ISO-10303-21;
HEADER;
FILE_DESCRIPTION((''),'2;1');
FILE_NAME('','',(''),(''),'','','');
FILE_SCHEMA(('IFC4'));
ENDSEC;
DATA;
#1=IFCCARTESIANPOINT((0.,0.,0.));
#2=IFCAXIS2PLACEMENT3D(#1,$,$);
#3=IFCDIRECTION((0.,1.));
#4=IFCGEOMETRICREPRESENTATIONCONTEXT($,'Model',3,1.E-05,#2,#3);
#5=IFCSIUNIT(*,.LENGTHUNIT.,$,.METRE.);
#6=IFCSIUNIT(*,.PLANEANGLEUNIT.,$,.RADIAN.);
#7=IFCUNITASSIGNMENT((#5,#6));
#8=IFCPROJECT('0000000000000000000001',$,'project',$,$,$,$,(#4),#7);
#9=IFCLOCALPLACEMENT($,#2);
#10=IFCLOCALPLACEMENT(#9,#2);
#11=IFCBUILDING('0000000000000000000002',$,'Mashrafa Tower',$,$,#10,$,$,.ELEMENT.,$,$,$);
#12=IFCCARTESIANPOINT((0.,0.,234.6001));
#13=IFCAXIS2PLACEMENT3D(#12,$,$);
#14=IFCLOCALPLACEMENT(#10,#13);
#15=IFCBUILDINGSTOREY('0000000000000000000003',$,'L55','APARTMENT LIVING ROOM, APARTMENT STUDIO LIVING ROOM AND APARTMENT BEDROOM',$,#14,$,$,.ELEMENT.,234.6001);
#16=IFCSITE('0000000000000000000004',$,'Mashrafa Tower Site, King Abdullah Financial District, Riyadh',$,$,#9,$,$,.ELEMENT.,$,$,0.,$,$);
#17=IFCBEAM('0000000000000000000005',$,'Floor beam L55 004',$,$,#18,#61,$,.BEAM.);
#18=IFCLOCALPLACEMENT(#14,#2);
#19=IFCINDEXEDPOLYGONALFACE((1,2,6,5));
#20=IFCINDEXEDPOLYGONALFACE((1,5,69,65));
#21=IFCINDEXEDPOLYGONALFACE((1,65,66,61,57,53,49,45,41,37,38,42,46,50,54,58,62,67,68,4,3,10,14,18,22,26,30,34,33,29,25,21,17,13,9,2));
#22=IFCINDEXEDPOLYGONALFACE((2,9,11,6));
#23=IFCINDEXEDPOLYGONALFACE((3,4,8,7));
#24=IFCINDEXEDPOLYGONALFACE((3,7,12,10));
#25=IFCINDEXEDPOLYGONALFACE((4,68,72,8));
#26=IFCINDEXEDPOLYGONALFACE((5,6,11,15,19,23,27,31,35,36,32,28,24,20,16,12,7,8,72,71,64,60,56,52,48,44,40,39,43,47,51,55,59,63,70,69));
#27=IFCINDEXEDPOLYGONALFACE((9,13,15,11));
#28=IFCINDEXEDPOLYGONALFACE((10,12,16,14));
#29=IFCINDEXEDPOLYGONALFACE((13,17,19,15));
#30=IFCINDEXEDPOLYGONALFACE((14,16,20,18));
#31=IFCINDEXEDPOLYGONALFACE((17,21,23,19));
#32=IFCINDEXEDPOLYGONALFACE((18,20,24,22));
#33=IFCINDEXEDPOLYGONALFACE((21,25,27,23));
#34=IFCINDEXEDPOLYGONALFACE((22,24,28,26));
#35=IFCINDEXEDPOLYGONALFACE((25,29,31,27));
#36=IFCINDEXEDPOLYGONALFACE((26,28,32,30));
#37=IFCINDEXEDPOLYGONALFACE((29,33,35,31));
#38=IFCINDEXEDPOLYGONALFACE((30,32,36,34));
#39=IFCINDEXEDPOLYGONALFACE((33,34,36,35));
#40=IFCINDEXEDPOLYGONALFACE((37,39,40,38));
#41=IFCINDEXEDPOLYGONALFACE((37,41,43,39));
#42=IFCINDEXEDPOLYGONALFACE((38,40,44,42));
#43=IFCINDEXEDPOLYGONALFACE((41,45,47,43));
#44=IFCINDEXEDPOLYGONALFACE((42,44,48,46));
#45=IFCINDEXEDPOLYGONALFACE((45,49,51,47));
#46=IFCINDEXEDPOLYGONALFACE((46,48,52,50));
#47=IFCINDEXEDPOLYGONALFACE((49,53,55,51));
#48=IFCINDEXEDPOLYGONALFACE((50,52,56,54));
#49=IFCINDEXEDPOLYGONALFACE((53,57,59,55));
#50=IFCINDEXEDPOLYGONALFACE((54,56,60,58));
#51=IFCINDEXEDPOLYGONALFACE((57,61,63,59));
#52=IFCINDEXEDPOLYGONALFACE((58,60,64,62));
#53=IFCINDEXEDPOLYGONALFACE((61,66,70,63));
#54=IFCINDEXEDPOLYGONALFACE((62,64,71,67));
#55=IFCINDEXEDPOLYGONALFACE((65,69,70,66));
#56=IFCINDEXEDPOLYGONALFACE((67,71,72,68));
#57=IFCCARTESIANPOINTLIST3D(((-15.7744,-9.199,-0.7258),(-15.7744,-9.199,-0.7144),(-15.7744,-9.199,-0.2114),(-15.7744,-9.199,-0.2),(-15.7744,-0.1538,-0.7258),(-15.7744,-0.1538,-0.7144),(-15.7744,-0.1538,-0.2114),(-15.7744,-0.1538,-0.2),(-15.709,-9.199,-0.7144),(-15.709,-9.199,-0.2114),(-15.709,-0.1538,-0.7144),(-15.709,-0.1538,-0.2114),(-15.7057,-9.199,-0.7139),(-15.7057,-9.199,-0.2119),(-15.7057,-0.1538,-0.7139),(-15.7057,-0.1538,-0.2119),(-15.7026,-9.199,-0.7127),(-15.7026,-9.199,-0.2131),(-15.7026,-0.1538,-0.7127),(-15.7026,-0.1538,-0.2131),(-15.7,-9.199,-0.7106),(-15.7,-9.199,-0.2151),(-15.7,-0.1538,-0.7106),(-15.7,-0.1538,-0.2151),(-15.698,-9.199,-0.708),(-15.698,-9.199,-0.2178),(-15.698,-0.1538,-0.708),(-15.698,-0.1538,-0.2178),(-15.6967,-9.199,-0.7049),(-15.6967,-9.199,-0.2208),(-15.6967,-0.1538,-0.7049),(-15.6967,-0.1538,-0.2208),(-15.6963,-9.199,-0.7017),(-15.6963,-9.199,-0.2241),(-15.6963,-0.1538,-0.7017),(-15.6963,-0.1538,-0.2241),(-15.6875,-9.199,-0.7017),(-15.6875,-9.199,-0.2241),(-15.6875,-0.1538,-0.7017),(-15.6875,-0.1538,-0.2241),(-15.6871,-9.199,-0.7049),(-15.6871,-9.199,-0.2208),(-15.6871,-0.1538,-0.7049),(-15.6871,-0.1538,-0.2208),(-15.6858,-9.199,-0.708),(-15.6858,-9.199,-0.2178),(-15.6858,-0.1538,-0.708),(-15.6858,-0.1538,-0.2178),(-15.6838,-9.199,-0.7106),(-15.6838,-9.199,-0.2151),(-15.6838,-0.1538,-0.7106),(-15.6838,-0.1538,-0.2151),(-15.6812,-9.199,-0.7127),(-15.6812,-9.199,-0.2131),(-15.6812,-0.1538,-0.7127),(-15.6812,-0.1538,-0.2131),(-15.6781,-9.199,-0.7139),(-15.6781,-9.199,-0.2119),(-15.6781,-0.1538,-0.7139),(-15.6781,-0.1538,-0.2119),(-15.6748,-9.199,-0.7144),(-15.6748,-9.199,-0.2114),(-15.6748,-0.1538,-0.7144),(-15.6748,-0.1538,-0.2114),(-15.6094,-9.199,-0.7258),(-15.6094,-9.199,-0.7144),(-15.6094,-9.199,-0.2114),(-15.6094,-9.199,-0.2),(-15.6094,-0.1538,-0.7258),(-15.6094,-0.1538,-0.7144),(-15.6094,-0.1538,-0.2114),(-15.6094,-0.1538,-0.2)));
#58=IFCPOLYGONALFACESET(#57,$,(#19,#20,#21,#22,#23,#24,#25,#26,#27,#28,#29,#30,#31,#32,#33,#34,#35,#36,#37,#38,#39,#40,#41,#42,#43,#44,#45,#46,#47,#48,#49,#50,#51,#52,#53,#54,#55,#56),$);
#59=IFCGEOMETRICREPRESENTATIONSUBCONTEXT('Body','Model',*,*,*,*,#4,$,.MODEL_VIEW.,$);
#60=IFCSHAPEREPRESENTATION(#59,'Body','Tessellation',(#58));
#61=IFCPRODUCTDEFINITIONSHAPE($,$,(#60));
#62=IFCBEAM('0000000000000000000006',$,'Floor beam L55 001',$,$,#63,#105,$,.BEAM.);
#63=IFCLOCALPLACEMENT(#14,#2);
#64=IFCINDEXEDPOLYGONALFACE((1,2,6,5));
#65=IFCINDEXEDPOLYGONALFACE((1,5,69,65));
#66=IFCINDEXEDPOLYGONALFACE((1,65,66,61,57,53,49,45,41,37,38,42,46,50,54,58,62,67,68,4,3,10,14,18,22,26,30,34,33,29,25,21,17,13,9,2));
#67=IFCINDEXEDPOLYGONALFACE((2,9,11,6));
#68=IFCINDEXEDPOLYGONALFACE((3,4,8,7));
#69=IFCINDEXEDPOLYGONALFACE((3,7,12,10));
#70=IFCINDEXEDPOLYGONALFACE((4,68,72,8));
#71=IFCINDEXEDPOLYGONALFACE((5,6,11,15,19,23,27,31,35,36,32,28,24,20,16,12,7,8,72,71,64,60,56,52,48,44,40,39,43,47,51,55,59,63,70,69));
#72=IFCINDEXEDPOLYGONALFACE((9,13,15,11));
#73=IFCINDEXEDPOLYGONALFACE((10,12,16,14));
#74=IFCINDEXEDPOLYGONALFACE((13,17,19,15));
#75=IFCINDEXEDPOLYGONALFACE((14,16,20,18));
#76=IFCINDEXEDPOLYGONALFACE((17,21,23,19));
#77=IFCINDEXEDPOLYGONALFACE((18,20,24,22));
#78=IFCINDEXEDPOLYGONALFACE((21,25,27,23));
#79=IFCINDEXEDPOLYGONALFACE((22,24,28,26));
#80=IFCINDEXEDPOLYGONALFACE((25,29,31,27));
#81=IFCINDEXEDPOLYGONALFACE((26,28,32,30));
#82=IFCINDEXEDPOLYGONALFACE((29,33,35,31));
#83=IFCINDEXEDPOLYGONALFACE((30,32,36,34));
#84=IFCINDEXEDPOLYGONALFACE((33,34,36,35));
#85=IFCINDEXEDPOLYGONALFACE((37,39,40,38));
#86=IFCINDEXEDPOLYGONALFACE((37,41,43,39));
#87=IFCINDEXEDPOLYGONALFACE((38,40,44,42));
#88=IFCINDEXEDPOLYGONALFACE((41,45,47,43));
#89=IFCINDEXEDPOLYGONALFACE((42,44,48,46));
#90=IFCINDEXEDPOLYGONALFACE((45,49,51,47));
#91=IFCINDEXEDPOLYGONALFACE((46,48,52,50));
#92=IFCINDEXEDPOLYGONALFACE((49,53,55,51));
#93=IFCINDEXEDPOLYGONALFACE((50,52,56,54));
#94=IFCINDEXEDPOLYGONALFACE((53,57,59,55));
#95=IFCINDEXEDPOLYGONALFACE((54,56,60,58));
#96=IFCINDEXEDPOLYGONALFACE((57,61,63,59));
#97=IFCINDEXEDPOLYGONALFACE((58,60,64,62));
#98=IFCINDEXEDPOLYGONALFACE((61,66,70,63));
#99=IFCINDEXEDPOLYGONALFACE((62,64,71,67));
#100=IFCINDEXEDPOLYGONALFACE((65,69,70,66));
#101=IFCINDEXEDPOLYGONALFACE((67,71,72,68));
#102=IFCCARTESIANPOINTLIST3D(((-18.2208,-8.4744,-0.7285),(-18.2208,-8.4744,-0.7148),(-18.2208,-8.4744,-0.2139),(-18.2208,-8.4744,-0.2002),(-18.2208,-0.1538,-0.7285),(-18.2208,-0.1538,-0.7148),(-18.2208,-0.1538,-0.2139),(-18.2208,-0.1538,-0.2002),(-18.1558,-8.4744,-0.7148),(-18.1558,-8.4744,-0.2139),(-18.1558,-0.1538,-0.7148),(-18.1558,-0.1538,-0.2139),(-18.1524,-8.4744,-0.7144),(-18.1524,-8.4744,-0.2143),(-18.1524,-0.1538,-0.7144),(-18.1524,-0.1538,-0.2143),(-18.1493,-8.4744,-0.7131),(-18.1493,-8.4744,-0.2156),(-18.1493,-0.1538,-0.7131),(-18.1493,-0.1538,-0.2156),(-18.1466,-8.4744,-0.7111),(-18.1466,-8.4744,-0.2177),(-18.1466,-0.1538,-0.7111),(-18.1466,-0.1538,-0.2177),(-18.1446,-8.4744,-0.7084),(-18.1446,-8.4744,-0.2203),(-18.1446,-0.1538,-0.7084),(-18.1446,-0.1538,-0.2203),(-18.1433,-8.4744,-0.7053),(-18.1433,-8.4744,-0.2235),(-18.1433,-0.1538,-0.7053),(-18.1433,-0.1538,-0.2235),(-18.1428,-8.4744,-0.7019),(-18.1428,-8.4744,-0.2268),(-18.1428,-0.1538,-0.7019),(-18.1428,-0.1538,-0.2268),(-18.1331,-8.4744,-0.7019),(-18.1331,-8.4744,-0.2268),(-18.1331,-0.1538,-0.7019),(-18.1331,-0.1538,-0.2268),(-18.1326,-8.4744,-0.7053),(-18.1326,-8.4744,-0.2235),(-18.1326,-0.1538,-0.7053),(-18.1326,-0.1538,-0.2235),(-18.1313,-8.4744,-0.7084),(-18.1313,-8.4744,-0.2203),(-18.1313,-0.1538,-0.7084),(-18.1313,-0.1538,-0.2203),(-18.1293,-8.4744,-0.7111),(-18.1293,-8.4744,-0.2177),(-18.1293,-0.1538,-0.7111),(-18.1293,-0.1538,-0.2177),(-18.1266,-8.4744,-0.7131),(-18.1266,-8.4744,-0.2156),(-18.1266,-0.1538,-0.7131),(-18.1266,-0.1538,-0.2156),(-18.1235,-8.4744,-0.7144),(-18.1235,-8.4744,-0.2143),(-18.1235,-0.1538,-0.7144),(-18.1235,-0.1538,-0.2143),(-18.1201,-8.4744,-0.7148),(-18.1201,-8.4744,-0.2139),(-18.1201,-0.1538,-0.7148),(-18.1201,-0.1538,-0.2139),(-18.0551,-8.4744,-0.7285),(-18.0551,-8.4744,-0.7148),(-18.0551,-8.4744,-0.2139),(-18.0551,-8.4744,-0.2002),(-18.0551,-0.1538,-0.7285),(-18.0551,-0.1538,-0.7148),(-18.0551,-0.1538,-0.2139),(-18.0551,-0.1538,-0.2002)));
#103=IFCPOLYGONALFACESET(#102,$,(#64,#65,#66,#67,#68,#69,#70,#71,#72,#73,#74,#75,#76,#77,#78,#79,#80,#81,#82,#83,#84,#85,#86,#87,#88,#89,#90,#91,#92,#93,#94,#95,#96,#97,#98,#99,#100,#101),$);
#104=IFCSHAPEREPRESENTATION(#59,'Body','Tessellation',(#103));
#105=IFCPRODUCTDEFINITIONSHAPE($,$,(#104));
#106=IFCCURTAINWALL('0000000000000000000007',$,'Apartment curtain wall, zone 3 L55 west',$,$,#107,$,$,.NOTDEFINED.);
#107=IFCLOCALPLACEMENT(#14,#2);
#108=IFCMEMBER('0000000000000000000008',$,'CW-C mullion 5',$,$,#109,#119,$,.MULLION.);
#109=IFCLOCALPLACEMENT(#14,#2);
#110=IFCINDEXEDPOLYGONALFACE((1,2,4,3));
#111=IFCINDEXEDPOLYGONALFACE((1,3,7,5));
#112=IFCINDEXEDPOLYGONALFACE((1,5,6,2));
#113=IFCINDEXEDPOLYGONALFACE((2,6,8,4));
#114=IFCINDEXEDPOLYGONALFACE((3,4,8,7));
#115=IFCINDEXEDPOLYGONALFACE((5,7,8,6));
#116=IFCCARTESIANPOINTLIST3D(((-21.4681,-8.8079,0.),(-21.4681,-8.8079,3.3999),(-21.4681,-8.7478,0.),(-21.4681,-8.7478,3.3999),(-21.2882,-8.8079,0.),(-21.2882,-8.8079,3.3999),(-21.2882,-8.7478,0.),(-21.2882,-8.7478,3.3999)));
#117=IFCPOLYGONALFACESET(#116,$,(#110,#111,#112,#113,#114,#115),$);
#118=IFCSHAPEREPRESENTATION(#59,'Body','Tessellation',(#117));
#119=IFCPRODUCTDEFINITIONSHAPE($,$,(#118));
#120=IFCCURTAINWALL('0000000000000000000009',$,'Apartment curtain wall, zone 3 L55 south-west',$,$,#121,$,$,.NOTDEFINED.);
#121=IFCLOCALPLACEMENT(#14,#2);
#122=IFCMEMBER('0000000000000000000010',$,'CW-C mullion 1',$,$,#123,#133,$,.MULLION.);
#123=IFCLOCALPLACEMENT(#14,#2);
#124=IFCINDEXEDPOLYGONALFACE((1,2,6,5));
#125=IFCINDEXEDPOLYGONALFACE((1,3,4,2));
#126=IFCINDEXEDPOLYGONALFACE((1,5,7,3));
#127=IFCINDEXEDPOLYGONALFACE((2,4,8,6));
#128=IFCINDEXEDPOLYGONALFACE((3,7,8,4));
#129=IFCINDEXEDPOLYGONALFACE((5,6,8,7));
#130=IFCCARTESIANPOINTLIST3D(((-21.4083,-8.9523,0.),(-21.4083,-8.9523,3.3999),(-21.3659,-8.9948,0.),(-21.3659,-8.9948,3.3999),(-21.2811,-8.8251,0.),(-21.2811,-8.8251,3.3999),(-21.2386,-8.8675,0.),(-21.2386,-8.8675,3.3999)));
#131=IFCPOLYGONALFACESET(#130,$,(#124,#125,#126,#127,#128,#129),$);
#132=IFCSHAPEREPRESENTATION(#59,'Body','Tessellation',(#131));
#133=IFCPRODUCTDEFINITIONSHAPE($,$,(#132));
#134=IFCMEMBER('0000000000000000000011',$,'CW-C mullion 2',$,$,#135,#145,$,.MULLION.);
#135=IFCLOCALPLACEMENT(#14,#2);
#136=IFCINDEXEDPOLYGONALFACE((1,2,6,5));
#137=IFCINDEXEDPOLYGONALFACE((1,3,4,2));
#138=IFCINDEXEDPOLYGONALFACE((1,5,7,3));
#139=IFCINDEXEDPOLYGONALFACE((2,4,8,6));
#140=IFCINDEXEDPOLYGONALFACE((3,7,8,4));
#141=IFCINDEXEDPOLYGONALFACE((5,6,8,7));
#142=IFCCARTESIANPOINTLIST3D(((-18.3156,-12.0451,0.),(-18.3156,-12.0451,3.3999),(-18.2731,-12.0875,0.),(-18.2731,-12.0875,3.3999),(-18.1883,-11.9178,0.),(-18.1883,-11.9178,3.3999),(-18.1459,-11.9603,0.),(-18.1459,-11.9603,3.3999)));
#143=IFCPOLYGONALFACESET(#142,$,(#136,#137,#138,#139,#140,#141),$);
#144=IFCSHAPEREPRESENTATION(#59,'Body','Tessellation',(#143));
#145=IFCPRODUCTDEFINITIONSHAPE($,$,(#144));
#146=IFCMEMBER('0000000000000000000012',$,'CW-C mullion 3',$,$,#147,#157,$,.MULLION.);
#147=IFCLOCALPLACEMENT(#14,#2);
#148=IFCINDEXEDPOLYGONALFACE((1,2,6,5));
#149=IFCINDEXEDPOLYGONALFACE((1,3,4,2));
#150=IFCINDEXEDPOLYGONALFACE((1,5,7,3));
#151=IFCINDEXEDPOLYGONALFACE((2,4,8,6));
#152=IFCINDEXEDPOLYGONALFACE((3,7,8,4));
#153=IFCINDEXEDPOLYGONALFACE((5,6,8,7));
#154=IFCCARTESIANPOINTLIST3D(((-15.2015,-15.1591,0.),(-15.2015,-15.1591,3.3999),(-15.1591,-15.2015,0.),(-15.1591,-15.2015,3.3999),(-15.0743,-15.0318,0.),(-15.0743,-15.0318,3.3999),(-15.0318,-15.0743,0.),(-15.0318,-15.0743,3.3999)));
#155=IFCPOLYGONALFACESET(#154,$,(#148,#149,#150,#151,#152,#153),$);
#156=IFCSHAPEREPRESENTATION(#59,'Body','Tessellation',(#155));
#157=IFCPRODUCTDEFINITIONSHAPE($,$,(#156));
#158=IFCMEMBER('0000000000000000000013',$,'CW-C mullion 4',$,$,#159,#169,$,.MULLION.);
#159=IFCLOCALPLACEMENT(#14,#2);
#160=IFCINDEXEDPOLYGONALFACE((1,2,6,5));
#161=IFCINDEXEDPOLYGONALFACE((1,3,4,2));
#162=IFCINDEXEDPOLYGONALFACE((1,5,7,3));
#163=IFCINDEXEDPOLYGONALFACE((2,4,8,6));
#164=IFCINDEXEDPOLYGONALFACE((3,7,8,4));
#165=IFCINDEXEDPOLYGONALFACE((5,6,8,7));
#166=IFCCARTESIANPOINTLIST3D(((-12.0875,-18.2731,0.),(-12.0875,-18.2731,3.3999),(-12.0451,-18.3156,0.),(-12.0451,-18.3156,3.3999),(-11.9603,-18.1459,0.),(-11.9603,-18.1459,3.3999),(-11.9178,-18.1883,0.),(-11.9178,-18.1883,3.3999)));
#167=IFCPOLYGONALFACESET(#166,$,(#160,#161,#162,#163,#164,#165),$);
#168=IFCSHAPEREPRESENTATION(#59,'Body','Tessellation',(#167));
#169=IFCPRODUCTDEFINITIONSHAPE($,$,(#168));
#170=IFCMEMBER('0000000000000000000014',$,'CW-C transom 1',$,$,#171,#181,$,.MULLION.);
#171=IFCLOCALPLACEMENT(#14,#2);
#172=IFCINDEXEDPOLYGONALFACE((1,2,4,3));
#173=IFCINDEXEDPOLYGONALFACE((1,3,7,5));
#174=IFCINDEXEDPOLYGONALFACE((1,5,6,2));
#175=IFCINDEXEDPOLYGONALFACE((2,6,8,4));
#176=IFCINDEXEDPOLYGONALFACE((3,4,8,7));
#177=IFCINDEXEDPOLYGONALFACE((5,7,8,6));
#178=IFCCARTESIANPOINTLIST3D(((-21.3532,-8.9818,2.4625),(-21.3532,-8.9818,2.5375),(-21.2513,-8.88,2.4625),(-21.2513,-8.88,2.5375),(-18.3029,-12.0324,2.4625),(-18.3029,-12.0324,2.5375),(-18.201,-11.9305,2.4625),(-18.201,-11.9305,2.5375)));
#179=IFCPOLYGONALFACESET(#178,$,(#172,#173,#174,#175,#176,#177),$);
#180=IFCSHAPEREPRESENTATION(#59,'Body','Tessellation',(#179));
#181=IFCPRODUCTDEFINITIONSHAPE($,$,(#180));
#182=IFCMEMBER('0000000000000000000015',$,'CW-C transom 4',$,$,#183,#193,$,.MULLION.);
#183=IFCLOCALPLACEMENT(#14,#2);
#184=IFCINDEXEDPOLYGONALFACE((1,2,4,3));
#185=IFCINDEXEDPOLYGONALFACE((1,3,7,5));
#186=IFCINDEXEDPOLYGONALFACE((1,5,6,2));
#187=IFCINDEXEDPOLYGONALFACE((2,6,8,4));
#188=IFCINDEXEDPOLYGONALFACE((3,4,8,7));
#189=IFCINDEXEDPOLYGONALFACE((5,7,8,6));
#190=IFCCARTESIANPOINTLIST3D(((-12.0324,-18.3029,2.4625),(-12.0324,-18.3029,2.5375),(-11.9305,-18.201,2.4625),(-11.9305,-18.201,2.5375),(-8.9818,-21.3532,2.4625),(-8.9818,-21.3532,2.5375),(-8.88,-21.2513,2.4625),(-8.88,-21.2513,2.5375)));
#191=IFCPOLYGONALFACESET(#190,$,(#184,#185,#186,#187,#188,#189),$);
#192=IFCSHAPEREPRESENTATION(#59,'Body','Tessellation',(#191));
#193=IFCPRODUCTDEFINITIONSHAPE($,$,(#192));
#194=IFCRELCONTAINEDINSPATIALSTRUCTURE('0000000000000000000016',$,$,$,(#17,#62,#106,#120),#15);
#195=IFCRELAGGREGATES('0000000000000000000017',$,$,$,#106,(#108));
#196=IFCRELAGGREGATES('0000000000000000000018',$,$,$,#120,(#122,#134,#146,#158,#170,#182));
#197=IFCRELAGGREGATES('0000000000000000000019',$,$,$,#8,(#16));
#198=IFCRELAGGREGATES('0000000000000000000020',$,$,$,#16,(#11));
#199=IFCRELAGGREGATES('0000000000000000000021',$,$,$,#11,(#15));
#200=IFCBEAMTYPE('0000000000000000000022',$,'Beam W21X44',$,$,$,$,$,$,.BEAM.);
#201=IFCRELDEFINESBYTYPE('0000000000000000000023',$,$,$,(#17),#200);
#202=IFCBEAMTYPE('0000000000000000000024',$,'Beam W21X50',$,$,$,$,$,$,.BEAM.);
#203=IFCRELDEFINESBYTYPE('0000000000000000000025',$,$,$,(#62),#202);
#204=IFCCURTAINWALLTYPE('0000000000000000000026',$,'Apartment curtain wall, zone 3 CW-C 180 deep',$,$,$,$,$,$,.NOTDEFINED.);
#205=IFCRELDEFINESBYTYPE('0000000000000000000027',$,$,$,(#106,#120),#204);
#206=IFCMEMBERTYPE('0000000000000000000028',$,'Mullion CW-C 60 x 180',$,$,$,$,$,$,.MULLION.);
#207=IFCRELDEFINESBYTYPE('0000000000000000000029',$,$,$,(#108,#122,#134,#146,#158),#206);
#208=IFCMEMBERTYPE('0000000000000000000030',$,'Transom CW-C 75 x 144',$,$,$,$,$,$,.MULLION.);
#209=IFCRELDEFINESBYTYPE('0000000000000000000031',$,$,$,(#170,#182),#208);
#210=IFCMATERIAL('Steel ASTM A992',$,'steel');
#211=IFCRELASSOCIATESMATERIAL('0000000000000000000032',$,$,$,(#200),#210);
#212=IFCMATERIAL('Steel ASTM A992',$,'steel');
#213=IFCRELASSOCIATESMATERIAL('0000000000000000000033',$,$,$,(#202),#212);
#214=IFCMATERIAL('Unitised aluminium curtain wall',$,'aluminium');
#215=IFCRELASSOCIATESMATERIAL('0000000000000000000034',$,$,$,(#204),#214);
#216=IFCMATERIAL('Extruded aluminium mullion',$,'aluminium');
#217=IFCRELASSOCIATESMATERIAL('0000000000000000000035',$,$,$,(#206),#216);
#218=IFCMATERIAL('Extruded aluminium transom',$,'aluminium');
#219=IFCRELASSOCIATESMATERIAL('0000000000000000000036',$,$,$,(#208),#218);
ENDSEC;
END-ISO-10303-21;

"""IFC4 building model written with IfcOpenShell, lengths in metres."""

from ifc_helpers import new_model, si_unit, direction, frame, origin, origin_2d, place, context, subcontext, project, spatial, rectangle, i_section, extrude, source, transform, mapped, material, material_profile, profile_set, type_object, type_shapes, element, aggregate, save


model = new_model("IFC4")

# Units and contexts
model_context = context("Model", 3, precision=1e-05, world=origin(), true_north=direction((0.0, 1.0)))
body_context = subcontext(model_context, "Body", "Model", "MODEL_VIEW")
ifc_project = project(units=[si_unit("LENGTHUNIT", "METRE"), si_unit("PLANEANGLEUNIT", "RADIAN")], contexts=[model_context])

# Site, building, storey
site_placement = place(None, origin())
site = spatial("IfcSite", under=ifc_project, at=site_placement, Name="Mashrafa Tower Site, King Abdullah Financial District, Riyadh", CompositionType="ELEMENT", RefElevation=0.0)
building_placement = place(site_placement, origin())
building = spatial("IfcBuilding", under=site, at=building_placement, Name="Mashrafa Tower", CompositionType="ELEMENT")
storey_placement = place(building_placement, frame((0.0, 0.0, 234.6001)))
storey = spatial("IfcBuildingStorey", under=building, at=storey_placement, Name="L55", Description="APARTMENT LIVING ROOM, APARTMENT STUDIO LIVING ROOM AND APARTMENT BEDROOM", CompositionType="ELEMENT", Elevation=234.6001)

# Beams
ifc_material_1 = material(Name="Steel ASTM A992", Category="steel")
ifc_material_profile_1 = material_profile(ifc_material_1, i_section(OverallWidth=0.165, OverallDepth=0.5259, WebThickness=0.0088, FlangeThickness=0.0115, FilletRadius=0.0127, at=origin_2d()), Name="W21X44")
ifc_profile_set_1 = profile_set([ifc_material_profile_1], Name="Steel ASTM A992")
beam_type_1 = type_object("IfcBeamType", Name="Beam W21X44", PredefinedType="BEAM", material=ifc_profile_set_1)
beam_1_placement = place(storey_placement, frame((-15.6919, -9.199, -0.4629), z_axis=(0.0, 1.0, 0.0), x_axis=(-1.0, 0.0, 0.0)))
element("IfcBeam", 1, at=beam_1_placement, inside=storey, type_object=beam_type_1, Name="Floor beam L55 004", PredefinedType="BEAM", context=body_context, shape_type="SweptSolid", body=[
    extrude(i_section(OverallWidth=0.165, OverallDepth=0.5259, WebThickness=0.0088, FlangeThickness=0.0115, FilletRadius=0.0127, at=origin_2d()), origin(), (0.0, 0.0, 1.0), 9.0452),
])
ifc_material_2 = material(Name="Steel ASTM A992", Category="steel")
ifc_material_profile_2 = material_profile(ifc_material_2, i_section(OverallWidth=0.1658, OverallDepth=0.5283, WebThickness=0.0098, FlangeThickness=0.0137, FilletRadius=0.0129, at=origin_2d()), Name="W21X50")
ifc_profile_set_2 = profile_set([ifc_material_profile_2], Name="Steel ASTM A992")
beam_type_2 = type_object("IfcBeamType", Name="Beam W21X50", PredefinedType="BEAM", material=ifc_profile_set_2)
beam_2_placement = place(storey_placement, frame((-18.1379, -8.4744, -0.4644), z_axis=(0.0, 1.0, 0.0), x_axis=(-1.0, 0.0, 0.0)))
element("IfcBeam", 2, at=beam_2_placement, inside=storey, type_object=beam_type_2, Name="Floor beam L55 001", PredefinedType="BEAM", context=body_context, shape_type="SweptSolid", body=[
    extrude(i_section(OverallWidth=0.1658, OverallDepth=0.5283, WebThickness=0.0098, FlangeThickness=0.0137, FilletRadius=0.0129, at=origin_2d()), origin(), (0.0, 0.0, 1.0), 8.3206),
])

# Curtain wall, member
ifc_material_3 = material(Name="Unitised aluminium curtain wall", Category="aluminium")
curtain_wall_type = type_object("IfcCurtainWallType", Name="Apartment curtain wall, zone 3 CW-C 180 deep", PredefinedType="NOTDEFINED", material=ifc_material_3)
curtain_wall_1_placement = place(storey_placement, origin())
curtain_wall_1 = element("IfcCurtainWall", 3, at=curtain_wall_1_placement, inside=storey, type_object=curtain_wall_type, Name="Apartment curtain wall, zone 3 L55 west", PredefinedType="NOTDEFINED")
ifc_material_4 = material(Name="Extruded aluminium mullion", Category="aluminium")
ifc_material_profile_3 = material_profile(ifc_material_4, rectangle(XDim=0.1799, YDim=0.0601, at=origin_2d()), Name="Mullion 60x180")
ifc_profile_set_3 = profile_set([ifc_material_profile_3], Name="Extruded aluminium mullion")
member_type_1 = type_object("IfcMemberType", Name="Mullion CW-C 60 x 180", PredefinedType="MULLION", material=ifc_profile_set_3)
shared_shape_1 = source(origin(), body_context, "Body", "SweptSolid", [
    extrude(rectangle(XDim=0.1799, YDim=0.0601, at=origin_2d()), origin(), (0.0, 0.0, 1.0), 3.3999),
])
type_shapes(member_type_1, [shared_shape_1])
member_1_placement = place(storey_placement, frame((-21.3782, -8.7778, 0.0), z_axis=(0.0, 0.0, 1.0), x_axis=(1.0, 0.0, 0.0)))
member_1 = element("IfcMember", 4, at=member_1_placement, type_object=member_type_1, Name="CW-C mullion 5", PredefinedType="MULLION", context=body_context, shape_type="MappedRepresentation", body=[
    mapped(shared_shape_1, transform((0.0, 0.0, 0.0))),
])
aggregate(curtain_wall_1, [member_1])

# Curtain wall, members
curtain_wall_2_placement = place(storey_placement, origin())
curtain_wall_2 = element("IfcCurtainWall", 5, at=curtain_wall_2_placement, inside=storey, type_object=curtain_wall_type, Name="Apartment curtain wall, zone 3 L55 south-west", PredefinedType="NOTDEFINED")
member_2_placement = place(storey_placement, frame((-21.3235, -8.9099, 0.0), z_axis=(0.0, 0.0, 1.0), x_axis=(0.707107, 0.707107, 0.0)))
member_2 = element("IfcMember", 6, at=member_2_placement, type_object=member_type_1, Name="CW-C mullion 1", PredefinedType="MULLION", context=body_context, shape_type="MappedRepresentation", body=[
    mapped(shared_shape_1, transform((0.0, 0.0, 0.0))),
])
member_3_placement = place(storey_placement, frame((-18.2307, -12.0027, 0.0), z_axis=(0.0, 0.0, 1.0), x_axis=(0.707107, 0.707107, 0.0)))
member_3 = element("IfcMember", 7, at=member_3_placement, type_object=member_type_1, Name="CW-C mullion 2", PredefinedType="MULLION", context=body_context, shape_type="MappedRepresentation", body=[
    mapped(shared_shape_1, transform((0.0, 0.0, 0.0))),
])
member_4_placement = place(storey_placement, frame((-15.1167, -15.1167, 0.0), z_axis=(0.0, 0.0, 1.0), x_axis=(0.707107, 0.707107, 0.0)))
member_4 = element("IfcMember", 8, at=member_4_placement, type_object=member_type_1, Name="CW-C mullion 3", PredefinedType="MULLION", context=body_context, shape_type="MappedRepresentation", body=[
    mapped(shared_shape_1, transform((0.0, 0.0, 0.0))),
])
member_5_placement = place(storey_placement, frame((-12.0027, -18.2307, 0.0), z_axis=(0.0, 0.0, 1.0), x_axis=(0.707107, 0.707107, 0.0)))
member_5 = element("IfcMember", 9, at=member_5_placement, type_object=member_type_1, Name="CW-C mullion 4", PredefinedType="MULLION", context=body_context, shape_type="MappedRepresentation", body=[
    mapped(shared_shape_1, transform((0.0, 0.0, 0.0))),
])
ifc_material_5 = material(Name="Extruded aluminium transom", Category="aluminium")
ifc_material_profile_4 = material_profile(ifc_material_5, rectangle(XDim=0.144, YDim=0.075, at=origin_2d()), Name="Transom 75x144")
ifc_profile_set_4 = profile_set([ifc_material_profile_4], Name="Extruded aluminium transom")
member_type_2 = type_object("IfcMemberType", Name="Transom CW-C 75 x 144", PredefinedType="MULLION", material=ifc_profile_set_4)
shared_shape_2 = source(origin(), body_context, "Body", "SweptSolid", [
    extrude(rectangle(XDim=0.144, YDim=0.075, at=origin_2d()), origin(), (0.0, 0.0, 1.0), 4.314),
])
member_6_placement = place(storey_placement, frame((-21.3022, -8.9309, 2.5), z_axis=(0.707078, -0.707135, 0.0), x_axis=(0.707135, 0.707078, 0.0)))
member_6 = element("IfcMember", 10, at=member_6_placement, type_object=member_type_2, Name="CW-C transom 1", PredefinedType="MULLION", context=body_context, shape_type="MappedRepresentation", body=[
    mapped(shared_shape_2, transform((0.0, 0.0, 0.0))),
])
member_7_placement = place(storey_placement, frame((-11.9814, -18.252, 2.5), z_axis=(0.707135, -0.707078, 0.0), x_axis=(0.707078, 0.707135, 0.0)))
member_7 = element("IfcMember", 11, at=member_7_placement, type_object=member_type_2, Name="CW-C transom 4", PredefinedType="MULLION", context=body_context, shape_type="MappedRepresentation", body=[
    mapped(shared_shape_2, transform((0.0, 0.0, 0.0))),
])
aggregate(curtain_wall_2, [member_2, member_3, member_4, member_5, member_6, member_7])

save(model, "model.ifc")
